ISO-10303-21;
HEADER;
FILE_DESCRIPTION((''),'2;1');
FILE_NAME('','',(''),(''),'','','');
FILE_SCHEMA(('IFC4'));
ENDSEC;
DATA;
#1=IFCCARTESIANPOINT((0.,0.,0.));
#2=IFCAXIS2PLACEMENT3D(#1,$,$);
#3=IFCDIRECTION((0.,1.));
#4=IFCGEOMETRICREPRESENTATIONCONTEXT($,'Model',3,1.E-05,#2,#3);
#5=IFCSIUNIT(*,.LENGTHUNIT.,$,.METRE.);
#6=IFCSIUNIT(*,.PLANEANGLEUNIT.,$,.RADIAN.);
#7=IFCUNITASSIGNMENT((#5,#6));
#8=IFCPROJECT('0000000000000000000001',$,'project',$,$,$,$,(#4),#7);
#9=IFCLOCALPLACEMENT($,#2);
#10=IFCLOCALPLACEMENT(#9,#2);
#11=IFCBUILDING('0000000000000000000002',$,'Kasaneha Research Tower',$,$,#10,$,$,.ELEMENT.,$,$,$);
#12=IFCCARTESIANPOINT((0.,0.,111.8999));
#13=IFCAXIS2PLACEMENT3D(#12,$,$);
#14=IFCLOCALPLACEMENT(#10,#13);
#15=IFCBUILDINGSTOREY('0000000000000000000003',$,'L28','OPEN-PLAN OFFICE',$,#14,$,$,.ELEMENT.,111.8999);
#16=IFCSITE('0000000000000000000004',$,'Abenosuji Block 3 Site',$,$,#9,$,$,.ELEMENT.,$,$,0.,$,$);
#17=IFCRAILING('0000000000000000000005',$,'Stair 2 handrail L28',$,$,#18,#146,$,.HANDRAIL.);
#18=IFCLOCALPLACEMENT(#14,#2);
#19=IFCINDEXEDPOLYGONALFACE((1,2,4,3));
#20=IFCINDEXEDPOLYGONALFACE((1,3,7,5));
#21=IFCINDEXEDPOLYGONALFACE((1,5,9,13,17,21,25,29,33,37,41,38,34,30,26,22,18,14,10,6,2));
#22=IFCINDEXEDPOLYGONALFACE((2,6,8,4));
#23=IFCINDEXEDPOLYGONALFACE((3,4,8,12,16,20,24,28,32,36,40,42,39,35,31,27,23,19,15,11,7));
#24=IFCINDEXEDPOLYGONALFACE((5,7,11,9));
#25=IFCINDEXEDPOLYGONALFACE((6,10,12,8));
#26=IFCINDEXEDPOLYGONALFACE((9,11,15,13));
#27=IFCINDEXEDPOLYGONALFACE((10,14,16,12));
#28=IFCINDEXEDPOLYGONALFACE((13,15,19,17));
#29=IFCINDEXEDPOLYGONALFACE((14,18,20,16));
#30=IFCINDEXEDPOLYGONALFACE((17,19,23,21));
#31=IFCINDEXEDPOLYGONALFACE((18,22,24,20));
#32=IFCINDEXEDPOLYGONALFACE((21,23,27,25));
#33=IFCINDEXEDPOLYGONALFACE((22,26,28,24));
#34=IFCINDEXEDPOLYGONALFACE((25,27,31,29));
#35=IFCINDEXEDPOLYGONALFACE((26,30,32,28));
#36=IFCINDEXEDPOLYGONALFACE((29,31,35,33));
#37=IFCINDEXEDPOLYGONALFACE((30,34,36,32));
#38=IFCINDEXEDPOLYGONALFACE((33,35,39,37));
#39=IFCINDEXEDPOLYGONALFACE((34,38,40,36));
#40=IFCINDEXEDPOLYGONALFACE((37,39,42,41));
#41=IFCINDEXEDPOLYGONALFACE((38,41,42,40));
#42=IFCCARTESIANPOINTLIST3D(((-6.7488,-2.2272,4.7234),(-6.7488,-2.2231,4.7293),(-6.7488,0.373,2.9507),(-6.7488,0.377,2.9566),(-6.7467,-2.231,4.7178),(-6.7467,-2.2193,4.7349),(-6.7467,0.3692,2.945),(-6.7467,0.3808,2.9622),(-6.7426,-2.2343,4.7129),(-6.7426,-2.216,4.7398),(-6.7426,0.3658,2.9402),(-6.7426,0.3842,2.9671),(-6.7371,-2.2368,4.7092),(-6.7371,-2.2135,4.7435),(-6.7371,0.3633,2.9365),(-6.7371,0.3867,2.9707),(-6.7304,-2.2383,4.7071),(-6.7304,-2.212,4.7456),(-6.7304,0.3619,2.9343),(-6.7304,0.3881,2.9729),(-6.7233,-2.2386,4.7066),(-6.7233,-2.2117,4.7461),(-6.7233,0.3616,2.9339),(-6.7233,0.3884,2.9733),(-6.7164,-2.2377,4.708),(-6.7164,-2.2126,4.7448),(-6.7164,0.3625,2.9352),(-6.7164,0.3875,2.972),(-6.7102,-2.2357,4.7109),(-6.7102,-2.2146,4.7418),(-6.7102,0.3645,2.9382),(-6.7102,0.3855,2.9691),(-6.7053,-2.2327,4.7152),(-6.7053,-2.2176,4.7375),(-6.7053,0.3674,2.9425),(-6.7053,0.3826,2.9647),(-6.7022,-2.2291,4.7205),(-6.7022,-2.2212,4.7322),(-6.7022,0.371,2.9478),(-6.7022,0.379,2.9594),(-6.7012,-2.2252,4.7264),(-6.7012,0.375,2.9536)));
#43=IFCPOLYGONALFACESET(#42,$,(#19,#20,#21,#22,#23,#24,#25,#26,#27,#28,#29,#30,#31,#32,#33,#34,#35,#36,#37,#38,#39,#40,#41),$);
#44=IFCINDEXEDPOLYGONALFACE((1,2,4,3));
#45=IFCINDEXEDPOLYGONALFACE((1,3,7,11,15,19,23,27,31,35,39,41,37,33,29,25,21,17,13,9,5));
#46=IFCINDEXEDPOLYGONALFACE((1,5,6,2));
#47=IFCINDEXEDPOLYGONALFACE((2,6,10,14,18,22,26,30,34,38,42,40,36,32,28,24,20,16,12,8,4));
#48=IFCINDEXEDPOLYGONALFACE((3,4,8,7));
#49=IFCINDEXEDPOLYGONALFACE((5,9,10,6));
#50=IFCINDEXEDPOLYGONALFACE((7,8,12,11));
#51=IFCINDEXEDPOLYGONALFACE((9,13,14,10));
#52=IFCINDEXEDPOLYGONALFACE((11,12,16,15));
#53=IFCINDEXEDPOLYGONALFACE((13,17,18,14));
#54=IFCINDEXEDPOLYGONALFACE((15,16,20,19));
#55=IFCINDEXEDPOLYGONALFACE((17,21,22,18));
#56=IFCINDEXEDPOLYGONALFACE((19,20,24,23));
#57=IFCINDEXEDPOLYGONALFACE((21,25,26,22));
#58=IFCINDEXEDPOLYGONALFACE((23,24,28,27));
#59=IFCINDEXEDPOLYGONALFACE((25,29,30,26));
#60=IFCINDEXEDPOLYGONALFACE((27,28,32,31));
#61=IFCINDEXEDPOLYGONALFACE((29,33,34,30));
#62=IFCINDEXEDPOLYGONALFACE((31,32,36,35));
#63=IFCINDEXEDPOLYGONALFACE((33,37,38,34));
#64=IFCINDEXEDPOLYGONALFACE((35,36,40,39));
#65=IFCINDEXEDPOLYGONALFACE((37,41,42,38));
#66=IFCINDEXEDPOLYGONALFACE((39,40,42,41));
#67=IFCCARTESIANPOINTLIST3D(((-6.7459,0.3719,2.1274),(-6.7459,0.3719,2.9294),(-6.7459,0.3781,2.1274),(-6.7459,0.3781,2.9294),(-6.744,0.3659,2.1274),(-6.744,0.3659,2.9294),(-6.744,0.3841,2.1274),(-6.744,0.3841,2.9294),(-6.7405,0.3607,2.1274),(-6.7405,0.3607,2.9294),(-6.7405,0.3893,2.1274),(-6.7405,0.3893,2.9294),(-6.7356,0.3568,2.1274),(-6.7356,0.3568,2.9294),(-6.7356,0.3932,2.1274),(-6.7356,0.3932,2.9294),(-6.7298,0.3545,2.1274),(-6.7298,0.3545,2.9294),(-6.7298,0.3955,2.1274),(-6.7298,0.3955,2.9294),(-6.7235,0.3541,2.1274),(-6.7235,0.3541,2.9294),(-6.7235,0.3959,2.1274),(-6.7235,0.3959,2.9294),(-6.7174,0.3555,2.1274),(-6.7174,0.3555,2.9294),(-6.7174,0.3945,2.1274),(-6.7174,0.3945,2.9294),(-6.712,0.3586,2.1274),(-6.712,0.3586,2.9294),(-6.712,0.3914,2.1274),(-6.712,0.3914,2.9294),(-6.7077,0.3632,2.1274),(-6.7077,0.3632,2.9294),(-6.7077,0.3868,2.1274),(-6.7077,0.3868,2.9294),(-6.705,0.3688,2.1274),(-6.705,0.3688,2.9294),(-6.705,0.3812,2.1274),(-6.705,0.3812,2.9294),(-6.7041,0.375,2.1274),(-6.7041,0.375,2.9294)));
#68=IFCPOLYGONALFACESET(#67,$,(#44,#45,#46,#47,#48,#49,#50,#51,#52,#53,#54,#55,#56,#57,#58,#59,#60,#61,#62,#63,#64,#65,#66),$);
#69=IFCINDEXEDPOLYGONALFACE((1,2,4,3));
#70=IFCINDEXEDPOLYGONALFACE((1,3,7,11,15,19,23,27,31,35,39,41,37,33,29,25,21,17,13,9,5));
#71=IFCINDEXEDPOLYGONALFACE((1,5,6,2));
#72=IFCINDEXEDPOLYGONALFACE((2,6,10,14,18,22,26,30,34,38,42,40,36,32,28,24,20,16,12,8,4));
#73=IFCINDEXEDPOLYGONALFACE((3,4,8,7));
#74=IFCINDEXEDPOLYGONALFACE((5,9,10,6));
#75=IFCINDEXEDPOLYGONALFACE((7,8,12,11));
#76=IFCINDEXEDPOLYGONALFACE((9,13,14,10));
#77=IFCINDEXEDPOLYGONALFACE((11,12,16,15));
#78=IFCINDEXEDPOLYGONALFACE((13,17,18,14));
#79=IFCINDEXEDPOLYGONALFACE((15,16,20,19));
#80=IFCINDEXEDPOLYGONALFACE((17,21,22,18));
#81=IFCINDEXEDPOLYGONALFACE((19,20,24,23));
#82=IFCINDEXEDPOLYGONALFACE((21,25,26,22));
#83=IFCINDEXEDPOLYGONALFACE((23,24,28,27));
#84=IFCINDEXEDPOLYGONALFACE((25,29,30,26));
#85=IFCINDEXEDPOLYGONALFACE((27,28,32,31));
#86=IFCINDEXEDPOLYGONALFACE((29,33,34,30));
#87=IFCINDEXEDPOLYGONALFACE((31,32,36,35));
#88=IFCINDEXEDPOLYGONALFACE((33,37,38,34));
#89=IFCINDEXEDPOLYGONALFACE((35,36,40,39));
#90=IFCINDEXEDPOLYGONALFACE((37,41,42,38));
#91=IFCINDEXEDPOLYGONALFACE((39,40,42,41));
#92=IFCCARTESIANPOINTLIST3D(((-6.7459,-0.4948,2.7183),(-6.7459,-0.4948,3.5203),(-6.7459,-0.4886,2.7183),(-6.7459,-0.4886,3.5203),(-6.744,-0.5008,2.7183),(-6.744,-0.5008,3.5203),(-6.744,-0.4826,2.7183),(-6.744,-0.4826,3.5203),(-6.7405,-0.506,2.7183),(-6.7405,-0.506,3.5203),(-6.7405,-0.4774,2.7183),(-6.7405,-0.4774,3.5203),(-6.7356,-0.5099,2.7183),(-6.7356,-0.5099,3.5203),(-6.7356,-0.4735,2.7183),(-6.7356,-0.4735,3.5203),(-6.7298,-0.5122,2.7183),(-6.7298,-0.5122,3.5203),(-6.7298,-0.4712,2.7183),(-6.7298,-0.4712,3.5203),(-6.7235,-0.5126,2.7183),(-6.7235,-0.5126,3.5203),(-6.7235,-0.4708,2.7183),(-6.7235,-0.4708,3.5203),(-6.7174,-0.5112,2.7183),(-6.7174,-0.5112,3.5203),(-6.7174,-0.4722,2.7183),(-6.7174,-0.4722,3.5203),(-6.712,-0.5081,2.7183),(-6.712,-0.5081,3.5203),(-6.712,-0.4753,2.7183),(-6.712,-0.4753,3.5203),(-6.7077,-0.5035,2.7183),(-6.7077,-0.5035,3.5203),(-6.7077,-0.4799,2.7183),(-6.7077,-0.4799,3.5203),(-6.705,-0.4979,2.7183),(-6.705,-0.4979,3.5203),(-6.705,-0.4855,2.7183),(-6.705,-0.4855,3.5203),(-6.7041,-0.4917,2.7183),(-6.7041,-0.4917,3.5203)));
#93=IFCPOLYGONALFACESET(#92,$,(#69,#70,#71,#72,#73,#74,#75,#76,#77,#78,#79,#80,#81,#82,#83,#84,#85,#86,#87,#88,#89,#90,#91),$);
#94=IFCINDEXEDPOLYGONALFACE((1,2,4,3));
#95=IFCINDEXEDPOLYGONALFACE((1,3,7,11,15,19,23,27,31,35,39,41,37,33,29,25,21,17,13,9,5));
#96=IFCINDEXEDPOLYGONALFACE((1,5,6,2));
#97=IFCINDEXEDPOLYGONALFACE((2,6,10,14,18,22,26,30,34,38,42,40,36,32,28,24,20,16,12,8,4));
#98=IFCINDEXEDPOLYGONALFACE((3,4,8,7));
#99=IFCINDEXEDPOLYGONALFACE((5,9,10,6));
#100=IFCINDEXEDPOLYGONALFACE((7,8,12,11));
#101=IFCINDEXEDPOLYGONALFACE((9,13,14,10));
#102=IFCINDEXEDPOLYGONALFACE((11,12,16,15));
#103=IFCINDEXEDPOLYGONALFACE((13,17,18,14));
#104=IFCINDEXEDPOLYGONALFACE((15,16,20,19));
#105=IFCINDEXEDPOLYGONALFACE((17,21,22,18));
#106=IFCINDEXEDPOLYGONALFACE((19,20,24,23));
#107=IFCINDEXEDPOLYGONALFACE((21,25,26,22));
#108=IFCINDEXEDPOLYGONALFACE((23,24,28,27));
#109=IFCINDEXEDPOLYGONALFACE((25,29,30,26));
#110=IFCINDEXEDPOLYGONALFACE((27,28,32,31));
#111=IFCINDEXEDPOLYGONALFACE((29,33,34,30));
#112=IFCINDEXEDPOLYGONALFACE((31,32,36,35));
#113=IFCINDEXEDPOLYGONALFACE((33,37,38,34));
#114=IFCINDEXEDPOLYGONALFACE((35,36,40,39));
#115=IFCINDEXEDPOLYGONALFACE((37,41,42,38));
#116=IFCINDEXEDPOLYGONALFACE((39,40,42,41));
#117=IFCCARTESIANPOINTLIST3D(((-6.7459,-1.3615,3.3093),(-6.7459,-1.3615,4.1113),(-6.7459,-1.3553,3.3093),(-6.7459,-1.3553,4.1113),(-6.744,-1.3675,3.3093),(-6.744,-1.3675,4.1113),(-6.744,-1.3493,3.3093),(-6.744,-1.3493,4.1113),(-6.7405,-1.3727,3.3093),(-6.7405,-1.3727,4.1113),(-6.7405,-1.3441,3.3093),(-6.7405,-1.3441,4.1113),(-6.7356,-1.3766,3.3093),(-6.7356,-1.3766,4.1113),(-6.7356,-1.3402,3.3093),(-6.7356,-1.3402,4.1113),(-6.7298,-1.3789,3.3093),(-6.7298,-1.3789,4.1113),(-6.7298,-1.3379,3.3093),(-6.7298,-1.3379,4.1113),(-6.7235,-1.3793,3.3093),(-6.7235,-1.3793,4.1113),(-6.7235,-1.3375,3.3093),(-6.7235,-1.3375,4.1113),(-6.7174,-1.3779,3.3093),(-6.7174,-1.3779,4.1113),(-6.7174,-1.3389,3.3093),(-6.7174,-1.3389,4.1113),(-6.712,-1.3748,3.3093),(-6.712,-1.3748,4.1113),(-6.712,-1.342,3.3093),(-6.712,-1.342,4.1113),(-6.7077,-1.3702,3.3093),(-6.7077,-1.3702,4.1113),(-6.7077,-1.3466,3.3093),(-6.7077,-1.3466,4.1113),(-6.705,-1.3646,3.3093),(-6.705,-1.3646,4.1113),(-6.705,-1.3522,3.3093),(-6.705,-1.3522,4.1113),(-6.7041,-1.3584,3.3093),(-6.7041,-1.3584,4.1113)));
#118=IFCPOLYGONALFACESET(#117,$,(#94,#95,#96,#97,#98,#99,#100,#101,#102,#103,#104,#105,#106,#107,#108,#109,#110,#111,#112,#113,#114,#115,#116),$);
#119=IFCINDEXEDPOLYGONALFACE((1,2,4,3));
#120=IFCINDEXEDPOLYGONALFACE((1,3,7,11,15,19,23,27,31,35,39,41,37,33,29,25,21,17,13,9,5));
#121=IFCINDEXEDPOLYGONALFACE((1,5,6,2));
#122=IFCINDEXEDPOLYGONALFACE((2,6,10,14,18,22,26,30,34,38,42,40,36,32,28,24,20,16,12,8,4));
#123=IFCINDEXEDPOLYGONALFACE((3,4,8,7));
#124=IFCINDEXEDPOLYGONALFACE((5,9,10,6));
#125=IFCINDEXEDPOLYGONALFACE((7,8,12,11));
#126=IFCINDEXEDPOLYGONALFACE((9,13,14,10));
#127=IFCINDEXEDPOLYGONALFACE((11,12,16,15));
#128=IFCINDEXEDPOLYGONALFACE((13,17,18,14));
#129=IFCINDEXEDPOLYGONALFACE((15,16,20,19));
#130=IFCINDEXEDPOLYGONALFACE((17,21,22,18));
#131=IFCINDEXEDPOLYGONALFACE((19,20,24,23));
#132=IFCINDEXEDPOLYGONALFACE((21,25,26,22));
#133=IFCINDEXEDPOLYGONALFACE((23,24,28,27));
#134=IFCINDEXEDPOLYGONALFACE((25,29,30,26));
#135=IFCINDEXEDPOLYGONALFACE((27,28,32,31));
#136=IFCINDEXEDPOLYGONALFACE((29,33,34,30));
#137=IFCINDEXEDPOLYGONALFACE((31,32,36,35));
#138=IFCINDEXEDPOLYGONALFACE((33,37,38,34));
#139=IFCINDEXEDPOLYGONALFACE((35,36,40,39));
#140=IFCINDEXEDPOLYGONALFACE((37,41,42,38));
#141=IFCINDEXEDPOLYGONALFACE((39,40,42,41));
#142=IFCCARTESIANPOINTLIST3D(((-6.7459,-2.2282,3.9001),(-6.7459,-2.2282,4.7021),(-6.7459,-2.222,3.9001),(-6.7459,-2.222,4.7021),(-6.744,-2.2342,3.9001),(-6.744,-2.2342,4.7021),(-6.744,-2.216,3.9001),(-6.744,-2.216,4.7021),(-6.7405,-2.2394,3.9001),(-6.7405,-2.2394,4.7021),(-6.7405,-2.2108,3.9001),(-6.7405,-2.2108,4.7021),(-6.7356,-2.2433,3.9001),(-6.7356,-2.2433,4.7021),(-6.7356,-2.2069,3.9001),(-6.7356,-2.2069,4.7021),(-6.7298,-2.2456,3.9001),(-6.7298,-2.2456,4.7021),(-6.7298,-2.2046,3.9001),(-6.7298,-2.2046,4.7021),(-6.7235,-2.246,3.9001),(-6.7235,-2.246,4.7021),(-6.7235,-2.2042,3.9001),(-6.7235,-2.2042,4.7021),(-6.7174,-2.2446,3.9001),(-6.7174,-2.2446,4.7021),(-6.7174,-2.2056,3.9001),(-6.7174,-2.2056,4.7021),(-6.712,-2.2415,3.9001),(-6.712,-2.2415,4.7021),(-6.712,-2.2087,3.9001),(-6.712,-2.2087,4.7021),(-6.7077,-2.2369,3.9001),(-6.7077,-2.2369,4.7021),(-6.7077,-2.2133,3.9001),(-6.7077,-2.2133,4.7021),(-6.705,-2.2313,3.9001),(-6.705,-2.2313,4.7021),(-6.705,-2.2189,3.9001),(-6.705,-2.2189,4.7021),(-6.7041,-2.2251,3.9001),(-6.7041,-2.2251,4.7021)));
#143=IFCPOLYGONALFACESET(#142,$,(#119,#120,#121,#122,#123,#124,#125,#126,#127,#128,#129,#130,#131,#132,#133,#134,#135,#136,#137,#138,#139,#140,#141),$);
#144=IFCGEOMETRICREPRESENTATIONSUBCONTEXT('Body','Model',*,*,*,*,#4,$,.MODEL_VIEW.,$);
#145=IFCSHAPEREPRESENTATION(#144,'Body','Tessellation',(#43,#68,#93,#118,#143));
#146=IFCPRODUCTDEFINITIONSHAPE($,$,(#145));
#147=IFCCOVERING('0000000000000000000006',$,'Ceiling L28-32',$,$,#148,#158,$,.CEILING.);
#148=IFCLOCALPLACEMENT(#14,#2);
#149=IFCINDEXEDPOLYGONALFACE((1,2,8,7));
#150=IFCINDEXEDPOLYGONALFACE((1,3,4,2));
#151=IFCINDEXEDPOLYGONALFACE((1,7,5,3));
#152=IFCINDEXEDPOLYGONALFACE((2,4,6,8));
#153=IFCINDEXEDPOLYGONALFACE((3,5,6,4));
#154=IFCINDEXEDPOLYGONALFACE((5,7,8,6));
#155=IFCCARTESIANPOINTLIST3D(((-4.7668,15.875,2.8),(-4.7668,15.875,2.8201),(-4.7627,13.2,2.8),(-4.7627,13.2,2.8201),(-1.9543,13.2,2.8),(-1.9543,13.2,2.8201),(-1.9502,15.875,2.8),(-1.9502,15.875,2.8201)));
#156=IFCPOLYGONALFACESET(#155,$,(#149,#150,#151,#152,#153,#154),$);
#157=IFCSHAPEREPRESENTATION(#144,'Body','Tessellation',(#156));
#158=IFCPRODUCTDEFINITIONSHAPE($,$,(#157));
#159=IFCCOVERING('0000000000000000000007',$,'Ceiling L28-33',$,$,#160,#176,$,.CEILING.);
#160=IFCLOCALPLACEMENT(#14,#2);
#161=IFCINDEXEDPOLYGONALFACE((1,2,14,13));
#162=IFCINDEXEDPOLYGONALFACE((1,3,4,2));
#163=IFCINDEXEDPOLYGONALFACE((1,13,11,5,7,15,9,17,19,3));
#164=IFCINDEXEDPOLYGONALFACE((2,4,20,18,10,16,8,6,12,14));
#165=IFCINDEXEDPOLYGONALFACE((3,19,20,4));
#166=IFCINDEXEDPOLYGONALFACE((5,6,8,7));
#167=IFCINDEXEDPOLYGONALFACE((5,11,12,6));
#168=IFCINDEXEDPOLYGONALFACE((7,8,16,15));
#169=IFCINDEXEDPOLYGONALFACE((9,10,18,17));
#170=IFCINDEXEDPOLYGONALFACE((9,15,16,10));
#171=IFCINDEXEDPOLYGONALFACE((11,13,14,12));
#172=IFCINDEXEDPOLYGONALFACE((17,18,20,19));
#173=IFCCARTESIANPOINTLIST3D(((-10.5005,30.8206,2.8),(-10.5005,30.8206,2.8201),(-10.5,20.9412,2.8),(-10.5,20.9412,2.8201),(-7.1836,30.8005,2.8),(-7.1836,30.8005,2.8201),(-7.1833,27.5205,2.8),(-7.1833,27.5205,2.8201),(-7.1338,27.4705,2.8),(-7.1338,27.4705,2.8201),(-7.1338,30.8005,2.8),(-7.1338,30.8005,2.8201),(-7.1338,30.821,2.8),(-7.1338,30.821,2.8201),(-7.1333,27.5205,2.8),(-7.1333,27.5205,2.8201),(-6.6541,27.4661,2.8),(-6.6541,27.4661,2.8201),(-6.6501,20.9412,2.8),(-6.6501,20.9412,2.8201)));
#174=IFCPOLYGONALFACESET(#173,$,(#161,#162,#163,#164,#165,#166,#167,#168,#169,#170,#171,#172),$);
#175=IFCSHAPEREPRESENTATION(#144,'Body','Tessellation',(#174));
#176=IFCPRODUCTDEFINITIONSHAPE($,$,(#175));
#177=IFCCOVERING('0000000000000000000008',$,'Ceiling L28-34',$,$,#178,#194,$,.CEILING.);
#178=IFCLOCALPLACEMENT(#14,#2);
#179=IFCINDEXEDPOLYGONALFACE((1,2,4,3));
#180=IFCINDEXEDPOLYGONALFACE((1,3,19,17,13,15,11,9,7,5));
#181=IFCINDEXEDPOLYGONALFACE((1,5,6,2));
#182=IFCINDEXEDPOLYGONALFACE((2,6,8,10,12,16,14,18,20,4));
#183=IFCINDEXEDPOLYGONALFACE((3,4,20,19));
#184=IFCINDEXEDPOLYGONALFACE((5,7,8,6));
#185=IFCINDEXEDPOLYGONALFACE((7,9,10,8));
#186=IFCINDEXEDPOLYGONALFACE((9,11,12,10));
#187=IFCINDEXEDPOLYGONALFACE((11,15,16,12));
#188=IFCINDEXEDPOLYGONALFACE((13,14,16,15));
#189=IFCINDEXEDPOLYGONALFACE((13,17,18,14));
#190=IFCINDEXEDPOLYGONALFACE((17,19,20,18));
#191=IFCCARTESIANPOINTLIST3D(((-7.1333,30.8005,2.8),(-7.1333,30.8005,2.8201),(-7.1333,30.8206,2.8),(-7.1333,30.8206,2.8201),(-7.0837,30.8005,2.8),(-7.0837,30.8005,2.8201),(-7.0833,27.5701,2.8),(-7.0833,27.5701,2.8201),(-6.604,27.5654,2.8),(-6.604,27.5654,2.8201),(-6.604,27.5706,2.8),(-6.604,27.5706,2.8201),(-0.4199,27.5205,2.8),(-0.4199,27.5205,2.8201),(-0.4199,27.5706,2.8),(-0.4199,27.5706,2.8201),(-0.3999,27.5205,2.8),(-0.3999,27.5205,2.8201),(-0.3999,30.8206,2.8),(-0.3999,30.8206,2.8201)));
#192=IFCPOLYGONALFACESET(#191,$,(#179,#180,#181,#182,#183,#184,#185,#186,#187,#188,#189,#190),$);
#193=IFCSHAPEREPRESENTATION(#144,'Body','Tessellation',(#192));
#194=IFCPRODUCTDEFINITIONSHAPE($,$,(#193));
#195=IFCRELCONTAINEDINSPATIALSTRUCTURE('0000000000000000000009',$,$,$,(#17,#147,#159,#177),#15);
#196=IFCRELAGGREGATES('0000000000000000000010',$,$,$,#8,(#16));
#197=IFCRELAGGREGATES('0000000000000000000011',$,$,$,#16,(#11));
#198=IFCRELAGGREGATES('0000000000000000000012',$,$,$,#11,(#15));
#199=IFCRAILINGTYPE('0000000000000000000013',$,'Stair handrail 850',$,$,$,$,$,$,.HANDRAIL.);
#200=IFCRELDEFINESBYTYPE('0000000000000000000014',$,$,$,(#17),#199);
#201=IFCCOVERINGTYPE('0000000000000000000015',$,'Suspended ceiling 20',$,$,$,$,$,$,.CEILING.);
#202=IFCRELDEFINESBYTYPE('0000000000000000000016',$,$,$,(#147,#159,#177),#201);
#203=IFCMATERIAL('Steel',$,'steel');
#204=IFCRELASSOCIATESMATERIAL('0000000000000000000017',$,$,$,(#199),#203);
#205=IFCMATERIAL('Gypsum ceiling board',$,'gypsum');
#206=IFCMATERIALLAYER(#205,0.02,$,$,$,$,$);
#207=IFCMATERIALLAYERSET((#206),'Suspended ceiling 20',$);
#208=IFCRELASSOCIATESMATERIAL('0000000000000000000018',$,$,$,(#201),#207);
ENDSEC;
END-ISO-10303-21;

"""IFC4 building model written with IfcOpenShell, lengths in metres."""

from ifc_helpers import new_model, si_unit, direction, frame, origin, origin_2d, place, context, subcontext, project, spatial, polyline, circle, outline, extrude, material, layer, layer_set, type_object, element, save


model = new_model("IFC4")

# Units and contexts
model_context = context("Model", 3, precision=1e-05, world=origin(), true_north=direction((0.0, 1.0)))
body_context = subcontext(model_context, "Body", "Model", "MODEL_VIEW")
ifc_project = project(units=[si_unit("LENGTHUNIT", "METRE"), si_unit("PLANEANGLEUNIT", "RADIAN")], contexts=[model_context])

# Site, building, storey
site_placement = place(None, origin())
site = spatial("IfcSite", under=ifc_project, at=site_placement, Name="Abenosuji Block 3 Site", CompositionType="ELEMENT", RefElevation=0.0)
building_placement = place(site_placement, origin())
building = spatial("IfcBuilding", under=site, at=building_placement, Name="Kasaneha Research Tower", CompositionType="ELEMENT")
storey_placement = place(building_placement, frame((0.0, 0.0, 111.8999)))
storey = spatial("IfcBuildingStorey", under=building, at=storey_placement, Name="L28", Description="OPEN-PLAN OFFICE", CompositionType="ELEMENT", Elevation=111.8999)

# Railing
ifc_material_1 = material(Name="Steel", Category="steel")
railing_type_1 = type_object("IfcRailingType", Name="Stair handrail 850", PredefinedType="HANDRAIL", material=ifc_material_1)
railing_1_placement = place(storey_placement, frame((-6.7251, 0.375, 2.1274)))
element("IfcRailing", 1, at=railing_1_placement, inside=storey, type_object=railing_type_1, Name="Stair 2 handrail L28", PredefinedType="HANDRAIL", context=body_context, shape_type="SweptSolid", body=[
    extrude(circle(Radius=0.0239, at=origin_2d()), frame((0.0, 0.0, 0.8262), z_axis=(0.0, -0.82624, 0.563318), x_axis=(1.0, 0.0, 0.0)), (0.0, 0.0, 1.0), 3.147),
    extrude(circle(Radius=0.021, at=origin_2d()), origin(), (0.0, 0.0, 1.0), 0.802),
    extrude(circle(Radius=0.021, at=origin_2d()), frame((0.0, -0.8667, 0.5908)), (0.0, 0.0, 1.0), 0.802),
    extrude(circle(Radius=0.021, at=origin_2d()), frame((0.0, -1.7334, 1.1819)), (0.0, 0.0, 1.0), 0.802),
    extrude(circle(Radius=0.021, at=origin_2d()), frame((0.0, -2.6001, 1.7727)), (0.0, 0.0, 1.0), 0.802),
])

# Coverings
ifc_material_2 = material(Name="Gypsum ceiling board", Category="gypsum")
ifc_layer_1 = layer(ifc_material_2, 0.02)
ifc_layer_set_1 = layer_set([ifc_layer_1], Name="Suspended ceiling 20")
covering_type = type_object("IfcCoveringType", Name="Suspended ceiling 20", PredefinedType="CEILING", material=ifc_layer_set_1)
covering_1_placement = place(storey_placement, frame((0.0, 0.0, 2.8)))
element("IfcCovering", 2, at=covering_1_placement, inside=storey, type_object=covering_type, Name="Ceiling L28-32", PredefinedType="CEILING", context=body_context, shape_type="SweptSolid", body=[
    extrude(outline(polyline([(-4.7627, 13.2), (-4.7668, 15.875), (-1.9502, 15.875), (-1.9543, 13.2), (-4.7627, 13.2)])), origin(), (0.0, 0.0, 1.0), 0.02),
])
covering_2_placement = place(storey_placement, frame((0.0, 0.0, 2.8)))
element("IfcCovering", 3, at=covering_2_placement, inside=storey, type_object=covering_type, Name="Ceiling L28-33", PredefinedType="CEILING", context=body_context, shape_type="SweptSolid", body=[
    extrude(outline(polyline([(-7.1338, 30.821), (-7.1338, 30.8005), (-7.1836, 30.8005), (-7.1833, 27.5205), (-7.1333, 27.5205), (-7.1338, 27.4705), (-6.6541, 27.4661), (-6.6501, 20.9412), (-10.5, 20.9412), (-10.5, 20.8911), (-10.5005, 30.8206), (-7.1338, 30.821)])), origin(), (0.0, 0.0, 1.0), 0.02),
])
covering_3_placement = place(storey_placement, frame((0.0, 0.0, 2.8)))
element("IfcCovering", 4, at=covering_3_placement, inside=storey, type_object=covering_type, Name="Ceiling L28-34", PredefinedType="CEILING", context=body_context, shape_type="SweptSolid", body=[
    extrude(outline(polyline([(-0.3999, 27.5205), (-0.4199, 27.5205), (-0.4199, 27.5706), (-6.604, 27.5706), (-6.604, 27.5654), (-7.0833, 27.5701), (-7.0837, 30.8005), (-7.1333, 30.8005), (-7.1333, 30.8206), (-0.3999, 30.8206), (-0.3999, 27.5205)])), origin(), (0.0, 0.0, 1.0), 0.02),
])

save(model, "model.ifc")
